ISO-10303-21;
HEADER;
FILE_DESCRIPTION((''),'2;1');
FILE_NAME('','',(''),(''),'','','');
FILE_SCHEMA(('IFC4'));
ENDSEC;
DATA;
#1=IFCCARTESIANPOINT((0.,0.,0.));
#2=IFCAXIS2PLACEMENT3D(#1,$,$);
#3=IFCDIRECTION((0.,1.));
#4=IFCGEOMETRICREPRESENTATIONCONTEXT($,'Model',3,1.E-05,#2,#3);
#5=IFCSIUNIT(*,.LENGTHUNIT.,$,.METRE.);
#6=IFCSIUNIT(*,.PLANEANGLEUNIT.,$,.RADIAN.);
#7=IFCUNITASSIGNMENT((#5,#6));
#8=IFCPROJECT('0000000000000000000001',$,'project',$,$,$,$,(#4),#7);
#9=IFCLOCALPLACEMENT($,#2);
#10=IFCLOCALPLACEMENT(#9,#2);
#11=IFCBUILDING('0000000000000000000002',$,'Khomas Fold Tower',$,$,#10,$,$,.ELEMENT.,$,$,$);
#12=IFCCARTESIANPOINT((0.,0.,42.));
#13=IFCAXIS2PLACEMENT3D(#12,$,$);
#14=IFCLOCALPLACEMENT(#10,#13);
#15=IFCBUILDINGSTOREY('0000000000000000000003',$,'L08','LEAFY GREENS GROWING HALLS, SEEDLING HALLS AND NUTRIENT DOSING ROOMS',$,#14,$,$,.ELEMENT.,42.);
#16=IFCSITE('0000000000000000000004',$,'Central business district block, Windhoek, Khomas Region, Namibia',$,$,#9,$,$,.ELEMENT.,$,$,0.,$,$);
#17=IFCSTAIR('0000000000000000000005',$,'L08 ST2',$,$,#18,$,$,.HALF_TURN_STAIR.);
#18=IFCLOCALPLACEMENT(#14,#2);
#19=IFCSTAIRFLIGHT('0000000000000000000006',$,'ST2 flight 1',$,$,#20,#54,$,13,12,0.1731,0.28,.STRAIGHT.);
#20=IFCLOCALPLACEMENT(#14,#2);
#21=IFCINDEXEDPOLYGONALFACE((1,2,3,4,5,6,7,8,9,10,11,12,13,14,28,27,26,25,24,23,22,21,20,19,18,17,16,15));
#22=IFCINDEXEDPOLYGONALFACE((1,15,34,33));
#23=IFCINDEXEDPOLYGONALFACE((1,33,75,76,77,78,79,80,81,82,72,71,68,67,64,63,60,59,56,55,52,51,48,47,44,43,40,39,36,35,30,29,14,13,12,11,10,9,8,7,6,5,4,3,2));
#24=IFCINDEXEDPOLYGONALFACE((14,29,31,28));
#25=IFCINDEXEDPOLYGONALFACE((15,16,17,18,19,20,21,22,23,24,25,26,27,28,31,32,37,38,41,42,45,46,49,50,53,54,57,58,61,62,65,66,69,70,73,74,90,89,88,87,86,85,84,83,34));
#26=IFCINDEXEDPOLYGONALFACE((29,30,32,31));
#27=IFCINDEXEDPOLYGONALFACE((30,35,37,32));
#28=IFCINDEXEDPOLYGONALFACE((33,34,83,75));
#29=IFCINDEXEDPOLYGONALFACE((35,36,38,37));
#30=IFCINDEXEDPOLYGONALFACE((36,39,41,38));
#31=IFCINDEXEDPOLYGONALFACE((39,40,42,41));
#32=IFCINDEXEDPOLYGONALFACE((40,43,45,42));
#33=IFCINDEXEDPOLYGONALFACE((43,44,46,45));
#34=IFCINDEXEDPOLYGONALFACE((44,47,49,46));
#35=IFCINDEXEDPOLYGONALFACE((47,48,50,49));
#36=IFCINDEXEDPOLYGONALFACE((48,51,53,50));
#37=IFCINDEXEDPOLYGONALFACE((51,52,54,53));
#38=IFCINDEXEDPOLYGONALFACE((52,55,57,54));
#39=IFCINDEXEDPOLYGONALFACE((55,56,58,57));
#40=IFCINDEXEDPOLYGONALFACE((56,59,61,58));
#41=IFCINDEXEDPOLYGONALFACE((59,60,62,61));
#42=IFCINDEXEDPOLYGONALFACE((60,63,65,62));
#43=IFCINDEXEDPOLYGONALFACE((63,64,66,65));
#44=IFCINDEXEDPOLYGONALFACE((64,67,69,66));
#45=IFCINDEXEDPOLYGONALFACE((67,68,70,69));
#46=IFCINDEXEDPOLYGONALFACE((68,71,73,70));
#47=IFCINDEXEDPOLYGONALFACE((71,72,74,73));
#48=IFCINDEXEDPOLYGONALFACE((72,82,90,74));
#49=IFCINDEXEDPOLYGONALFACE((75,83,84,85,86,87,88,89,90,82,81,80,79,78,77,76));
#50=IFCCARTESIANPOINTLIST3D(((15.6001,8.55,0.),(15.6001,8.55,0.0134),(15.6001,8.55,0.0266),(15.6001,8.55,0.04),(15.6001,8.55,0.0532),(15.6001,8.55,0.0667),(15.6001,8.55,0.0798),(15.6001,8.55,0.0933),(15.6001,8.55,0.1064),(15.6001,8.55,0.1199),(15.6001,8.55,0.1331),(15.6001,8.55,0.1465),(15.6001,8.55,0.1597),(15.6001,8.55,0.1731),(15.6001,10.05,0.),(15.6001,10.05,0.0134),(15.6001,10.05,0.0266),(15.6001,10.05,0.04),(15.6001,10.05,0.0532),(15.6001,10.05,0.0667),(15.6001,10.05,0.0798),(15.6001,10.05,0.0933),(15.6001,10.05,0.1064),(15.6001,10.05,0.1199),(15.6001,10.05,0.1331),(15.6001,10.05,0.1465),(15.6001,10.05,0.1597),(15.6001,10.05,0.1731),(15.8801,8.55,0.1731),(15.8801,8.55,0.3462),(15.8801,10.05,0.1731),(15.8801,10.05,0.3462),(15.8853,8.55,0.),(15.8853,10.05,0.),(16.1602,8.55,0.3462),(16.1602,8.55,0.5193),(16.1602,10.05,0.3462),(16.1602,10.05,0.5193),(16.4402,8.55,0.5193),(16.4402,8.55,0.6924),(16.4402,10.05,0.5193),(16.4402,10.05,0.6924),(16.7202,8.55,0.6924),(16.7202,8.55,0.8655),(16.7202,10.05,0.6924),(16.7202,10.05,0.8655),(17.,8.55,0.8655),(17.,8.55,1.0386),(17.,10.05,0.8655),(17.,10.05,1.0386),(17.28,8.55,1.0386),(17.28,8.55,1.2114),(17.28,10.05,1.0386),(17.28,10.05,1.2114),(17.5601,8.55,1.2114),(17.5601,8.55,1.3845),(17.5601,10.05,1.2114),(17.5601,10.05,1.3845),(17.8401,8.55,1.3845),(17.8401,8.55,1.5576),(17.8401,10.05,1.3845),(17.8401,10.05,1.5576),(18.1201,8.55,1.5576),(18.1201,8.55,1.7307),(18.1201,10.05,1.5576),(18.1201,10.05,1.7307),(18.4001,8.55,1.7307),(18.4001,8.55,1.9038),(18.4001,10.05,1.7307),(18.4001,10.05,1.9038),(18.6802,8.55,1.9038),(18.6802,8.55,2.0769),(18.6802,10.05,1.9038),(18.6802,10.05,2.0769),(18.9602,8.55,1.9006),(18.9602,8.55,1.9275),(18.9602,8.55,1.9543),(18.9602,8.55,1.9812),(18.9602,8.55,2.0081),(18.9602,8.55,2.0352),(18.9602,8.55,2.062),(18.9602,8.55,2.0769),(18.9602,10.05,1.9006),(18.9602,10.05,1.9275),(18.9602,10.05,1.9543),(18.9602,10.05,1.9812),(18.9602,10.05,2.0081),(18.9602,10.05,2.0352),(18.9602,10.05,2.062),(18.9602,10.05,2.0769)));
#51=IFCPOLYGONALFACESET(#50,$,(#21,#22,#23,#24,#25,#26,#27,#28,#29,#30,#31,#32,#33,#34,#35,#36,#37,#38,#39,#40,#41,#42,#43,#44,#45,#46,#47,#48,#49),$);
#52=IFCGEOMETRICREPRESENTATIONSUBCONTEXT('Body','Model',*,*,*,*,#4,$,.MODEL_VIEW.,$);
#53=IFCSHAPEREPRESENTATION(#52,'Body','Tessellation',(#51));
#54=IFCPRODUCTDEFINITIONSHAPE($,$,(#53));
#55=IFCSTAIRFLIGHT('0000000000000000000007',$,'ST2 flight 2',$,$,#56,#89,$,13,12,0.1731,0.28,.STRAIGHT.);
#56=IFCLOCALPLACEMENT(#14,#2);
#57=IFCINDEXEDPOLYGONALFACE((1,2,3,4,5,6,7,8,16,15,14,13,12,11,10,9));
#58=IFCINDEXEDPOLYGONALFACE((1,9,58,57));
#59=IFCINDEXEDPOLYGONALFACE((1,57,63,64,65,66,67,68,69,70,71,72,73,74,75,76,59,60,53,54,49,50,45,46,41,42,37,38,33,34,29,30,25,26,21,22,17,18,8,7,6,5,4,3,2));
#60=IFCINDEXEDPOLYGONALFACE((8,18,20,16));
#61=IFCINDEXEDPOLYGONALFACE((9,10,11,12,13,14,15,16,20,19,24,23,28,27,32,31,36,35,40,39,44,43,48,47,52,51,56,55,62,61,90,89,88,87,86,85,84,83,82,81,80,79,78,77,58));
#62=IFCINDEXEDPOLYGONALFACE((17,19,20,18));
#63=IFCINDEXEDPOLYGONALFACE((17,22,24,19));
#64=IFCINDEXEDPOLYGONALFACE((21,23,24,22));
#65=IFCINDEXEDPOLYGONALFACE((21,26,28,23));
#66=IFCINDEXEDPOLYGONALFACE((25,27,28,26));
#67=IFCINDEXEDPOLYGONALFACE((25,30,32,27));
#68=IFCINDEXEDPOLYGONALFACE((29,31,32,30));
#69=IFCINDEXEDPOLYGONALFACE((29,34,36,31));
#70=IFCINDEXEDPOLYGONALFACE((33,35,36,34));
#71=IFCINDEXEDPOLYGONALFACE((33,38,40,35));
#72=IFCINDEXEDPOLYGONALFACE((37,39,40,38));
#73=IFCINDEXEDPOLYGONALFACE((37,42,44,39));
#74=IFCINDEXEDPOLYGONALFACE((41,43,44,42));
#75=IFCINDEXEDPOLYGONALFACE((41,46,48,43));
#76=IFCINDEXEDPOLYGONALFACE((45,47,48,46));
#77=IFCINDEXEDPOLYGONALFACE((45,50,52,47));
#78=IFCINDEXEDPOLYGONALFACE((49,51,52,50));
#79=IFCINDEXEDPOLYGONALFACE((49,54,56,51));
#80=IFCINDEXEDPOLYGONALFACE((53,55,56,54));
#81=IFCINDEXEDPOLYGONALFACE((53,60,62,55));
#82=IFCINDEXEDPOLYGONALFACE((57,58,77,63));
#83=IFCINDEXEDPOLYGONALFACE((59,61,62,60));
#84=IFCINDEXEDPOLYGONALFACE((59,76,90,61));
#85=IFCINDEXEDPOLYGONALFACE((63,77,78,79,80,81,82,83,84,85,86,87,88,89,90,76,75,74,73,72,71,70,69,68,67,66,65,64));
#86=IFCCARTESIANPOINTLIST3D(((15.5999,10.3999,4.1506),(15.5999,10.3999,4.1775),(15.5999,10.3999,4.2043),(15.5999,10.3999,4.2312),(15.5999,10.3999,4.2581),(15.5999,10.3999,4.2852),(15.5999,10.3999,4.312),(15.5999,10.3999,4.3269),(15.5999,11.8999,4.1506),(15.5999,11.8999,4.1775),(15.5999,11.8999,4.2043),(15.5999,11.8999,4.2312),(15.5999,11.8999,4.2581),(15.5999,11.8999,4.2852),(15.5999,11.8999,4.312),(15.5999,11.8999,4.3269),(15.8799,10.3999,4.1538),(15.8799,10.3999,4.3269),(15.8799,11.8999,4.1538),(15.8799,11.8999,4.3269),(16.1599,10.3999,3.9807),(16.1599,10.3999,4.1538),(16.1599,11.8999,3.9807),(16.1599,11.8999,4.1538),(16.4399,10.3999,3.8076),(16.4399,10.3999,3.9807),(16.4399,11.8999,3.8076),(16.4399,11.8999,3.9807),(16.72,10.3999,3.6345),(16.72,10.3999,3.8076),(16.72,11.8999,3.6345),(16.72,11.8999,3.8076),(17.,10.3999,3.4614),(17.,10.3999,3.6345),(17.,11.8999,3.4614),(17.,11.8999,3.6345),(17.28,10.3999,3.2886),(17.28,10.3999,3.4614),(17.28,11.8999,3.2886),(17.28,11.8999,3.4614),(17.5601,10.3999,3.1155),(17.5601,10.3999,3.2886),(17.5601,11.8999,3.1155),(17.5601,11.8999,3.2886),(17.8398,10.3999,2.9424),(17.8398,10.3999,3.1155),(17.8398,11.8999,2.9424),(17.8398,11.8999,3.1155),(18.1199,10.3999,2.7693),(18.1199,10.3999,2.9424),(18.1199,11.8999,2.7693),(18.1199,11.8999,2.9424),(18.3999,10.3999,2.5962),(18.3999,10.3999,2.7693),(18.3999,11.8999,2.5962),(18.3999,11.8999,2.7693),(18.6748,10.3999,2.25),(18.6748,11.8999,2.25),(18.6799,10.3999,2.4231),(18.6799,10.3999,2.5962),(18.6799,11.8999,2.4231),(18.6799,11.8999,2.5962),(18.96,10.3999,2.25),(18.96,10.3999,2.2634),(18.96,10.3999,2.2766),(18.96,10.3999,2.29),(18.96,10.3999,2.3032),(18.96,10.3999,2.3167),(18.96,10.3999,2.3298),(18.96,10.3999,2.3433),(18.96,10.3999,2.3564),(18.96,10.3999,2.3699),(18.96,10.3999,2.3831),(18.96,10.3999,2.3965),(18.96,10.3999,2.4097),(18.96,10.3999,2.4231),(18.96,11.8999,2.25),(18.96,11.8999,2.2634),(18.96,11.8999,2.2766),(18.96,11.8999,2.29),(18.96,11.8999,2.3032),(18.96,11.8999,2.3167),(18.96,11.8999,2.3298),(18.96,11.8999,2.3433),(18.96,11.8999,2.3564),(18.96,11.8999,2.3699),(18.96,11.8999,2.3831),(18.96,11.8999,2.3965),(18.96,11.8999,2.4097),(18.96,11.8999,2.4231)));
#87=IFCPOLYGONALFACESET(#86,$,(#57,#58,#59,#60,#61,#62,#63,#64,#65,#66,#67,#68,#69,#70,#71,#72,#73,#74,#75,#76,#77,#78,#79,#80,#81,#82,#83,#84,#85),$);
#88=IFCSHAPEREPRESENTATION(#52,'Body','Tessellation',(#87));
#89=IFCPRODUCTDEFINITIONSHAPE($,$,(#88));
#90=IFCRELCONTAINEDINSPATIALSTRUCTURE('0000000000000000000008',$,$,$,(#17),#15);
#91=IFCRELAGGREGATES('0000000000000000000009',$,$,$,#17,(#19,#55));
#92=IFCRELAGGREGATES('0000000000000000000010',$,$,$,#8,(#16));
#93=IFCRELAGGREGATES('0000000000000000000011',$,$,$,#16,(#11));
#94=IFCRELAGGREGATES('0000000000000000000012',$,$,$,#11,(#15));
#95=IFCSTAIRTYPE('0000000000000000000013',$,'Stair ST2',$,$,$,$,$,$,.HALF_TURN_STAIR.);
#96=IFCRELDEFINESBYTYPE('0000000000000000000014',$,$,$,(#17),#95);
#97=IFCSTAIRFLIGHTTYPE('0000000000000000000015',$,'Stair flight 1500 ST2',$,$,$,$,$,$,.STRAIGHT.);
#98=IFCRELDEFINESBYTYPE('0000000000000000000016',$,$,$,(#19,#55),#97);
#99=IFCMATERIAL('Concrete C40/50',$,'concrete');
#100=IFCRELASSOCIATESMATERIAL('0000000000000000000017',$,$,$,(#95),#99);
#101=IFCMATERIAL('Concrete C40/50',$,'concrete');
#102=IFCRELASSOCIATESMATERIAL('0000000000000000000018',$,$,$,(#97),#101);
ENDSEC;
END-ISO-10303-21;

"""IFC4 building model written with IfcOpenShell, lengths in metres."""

from ifc_helpers import new_model, si_unit, direction, frame, origin, place, context, subcontext, project, spatial, polyline, outline, extrude, source, transform, mapped, material, type_object, element, aggregate, save


model = new_model("IFC4")

# Units and contexts
model_context = context("Model", 3, precision=1e-05, world=origin(), true_north=direction((0.0, 1.0)))
body_context = subcontext(model_context, "Body", "Model", "MODEL_VIEW")
ifc_project = project(units=[si_unit("LENGTHUNIT", "METRE"), si_unit("PLANEANGLEUNIT", "RADIAN")], contexts=[model_context])

# Site, building, storey
site_placement = place(None, origin())
site = spatial("IfcSite", under=ifc_project, at=site_placement, Name="Central business district block, Windhoek, Khomas Region, Namibia", CompositionType="ELEMENT", RefElevation=0.0)
building_placement = place(site_placement, origin())
building = spatial("IfcBuilding", under=site, at=building_placement, Name="Khomas Fold Tower", CompositionType="ELEMENT")
storey_placement = place(building_placement, frame((0.0, 0.0, 42.0)))
storey = spatial("IfcBuildingStorey", under=building, at=storey_placement, Name="L08", Description="LEAFY GREENS GROWING HALLS, SEEDLING HALLS AND NUTRIENT DOSING ROOMS", CompositionType="ELEMENT", Elevation=42.0)

# Stair, stair flights
ifc_material_1 = material(Name="Concrete C40/50", Category="concrete")
stair_type = type_object("IfcStairType", Name="Stair ST2", PredefinedType="HALF_TURN_STAIR", material=ifc_material_1)
stair_placement = place(storey_placement, origin())
stair = element("IfcStair", 1, at=stair_placement, inside=storey, type_object=stair_type, Name="L08 ST2", PredefinedType="HALF_TURN_STAIR")
ifc_material_2 = material(Name="Concrete C40/50", Category="concrete")
stair_flight_type = type_object("IfcStairFlightType", Name="Stair flight 1500 ST2", PredefinedType="STRAIGHT", material=ifc_material_2)
shared_shape_1 = source(origin(), body_context, "Body", "SweptSolid", [
    extrude(outline(polyline([(0.0, 0.0), (0.0, 0.0134), (0.0, 0.0266), (0.0, 0.04), (0.0, 0.0532), (0.0, 0.0667), (0.0, 0.0798), (0.0, 0.0933), (0.0, 0.1064), (0.0, 0.1199), (0.0, 0.1331), (0.0, 0.1465), (0.0, 0.1597), (0.0, 0.1731), (0.28, 0.1731), (0.28, 0.3462), (0.5601, 0.3462), (0.5601, 0.5193), (0.8401, 0.5193), (0.8401, 0.6924), (1.1201, 0.6924), (1.1201, 0.8655), (1.3999, 0.8655), (1.3999, 1.0386), (1.6799, 1.0386), (1.6799, 1.2114), (1.96, 1.2114), (1.96, 1.3845), (2.24, 1.3845), (2.24, 1.5576), (2.52, 1.5576), (2.52, 1.7307), (2.8, 1.7307), (2.8, 1.9038), (3.0801, 1.9038), (3.0801, 2.0769), (3.3601, 2.0769), (3.3601, 2.25), (3.3601, 2.2231), (3.3601, 2.1963), (3.3601, 2.1694), (3.3601, 2.1426), (3.3601, 2.1157), (3.3601, 2.0889), (3.3601, 2.062), (3.3601, 2.0352), (3.3601, 2.0081), (3.3601, 1.9812), (3.3601, 1.9543), (3.3601, 1.9275), (3.3601, 1.9006), (0.2852, 0.0), (0.0, 0.0)])), frame((0.0, 0.75, 0.0), z_axis=(0.0, -1.0, 0.0), x_axis=(1.0, 0.0, 0.0)), (0.0, 0.0, 1.0), 1.5),
])
stair_flight_1_placement = place(storey_placement, frame((15.6001, 9.3, 0.0), z_axis=(0.0, 0.0, 1.0), x_axis=(1.0, 0.0, 0.0)))
stair_flight_1 = element("IfcStairFlight", 2, at=stair_flight_1_placement, type_object=stair_flight_type, Name="ST2 flight 1", NumberOfRisers=13, NumberOfTreads=12, PredefinedType="STRAIGHT", RiserHeight=0.1731, TreadLength=0.28, context=body_context, shape_type="MappedRepresentation", body=[
    mapped(shared_shape_1, transform((0.0, 0.0, 0.0))),
])
stair_flight_2_placement = place(storey_placement, frame((18.96, 11.1499, 2.25), z_axis=(0.0, 0.0, 1.0), x_axis=(-1.0, 0.0, 0.0)))
stair_flight_2 = element("IfcStairFlight", 3, at=stair_flight_2_placement, type_object=stair_flight_type, Name="ST2 flight 2", NumberOfRisers=13, NumberOfTreads=12, PredefinedType="STRAIGHT", RiserHeight=0.1731, TreadLength=0.28, context=body_context, shape_type="MappedRepresentation", body=[
    mapped(shared_shape_1, transform((0.0, 0.0, 0.0))),
])
aggregate(stair, [stair_flight_1, stair_flight_2])

save(model, "model.ifc")
